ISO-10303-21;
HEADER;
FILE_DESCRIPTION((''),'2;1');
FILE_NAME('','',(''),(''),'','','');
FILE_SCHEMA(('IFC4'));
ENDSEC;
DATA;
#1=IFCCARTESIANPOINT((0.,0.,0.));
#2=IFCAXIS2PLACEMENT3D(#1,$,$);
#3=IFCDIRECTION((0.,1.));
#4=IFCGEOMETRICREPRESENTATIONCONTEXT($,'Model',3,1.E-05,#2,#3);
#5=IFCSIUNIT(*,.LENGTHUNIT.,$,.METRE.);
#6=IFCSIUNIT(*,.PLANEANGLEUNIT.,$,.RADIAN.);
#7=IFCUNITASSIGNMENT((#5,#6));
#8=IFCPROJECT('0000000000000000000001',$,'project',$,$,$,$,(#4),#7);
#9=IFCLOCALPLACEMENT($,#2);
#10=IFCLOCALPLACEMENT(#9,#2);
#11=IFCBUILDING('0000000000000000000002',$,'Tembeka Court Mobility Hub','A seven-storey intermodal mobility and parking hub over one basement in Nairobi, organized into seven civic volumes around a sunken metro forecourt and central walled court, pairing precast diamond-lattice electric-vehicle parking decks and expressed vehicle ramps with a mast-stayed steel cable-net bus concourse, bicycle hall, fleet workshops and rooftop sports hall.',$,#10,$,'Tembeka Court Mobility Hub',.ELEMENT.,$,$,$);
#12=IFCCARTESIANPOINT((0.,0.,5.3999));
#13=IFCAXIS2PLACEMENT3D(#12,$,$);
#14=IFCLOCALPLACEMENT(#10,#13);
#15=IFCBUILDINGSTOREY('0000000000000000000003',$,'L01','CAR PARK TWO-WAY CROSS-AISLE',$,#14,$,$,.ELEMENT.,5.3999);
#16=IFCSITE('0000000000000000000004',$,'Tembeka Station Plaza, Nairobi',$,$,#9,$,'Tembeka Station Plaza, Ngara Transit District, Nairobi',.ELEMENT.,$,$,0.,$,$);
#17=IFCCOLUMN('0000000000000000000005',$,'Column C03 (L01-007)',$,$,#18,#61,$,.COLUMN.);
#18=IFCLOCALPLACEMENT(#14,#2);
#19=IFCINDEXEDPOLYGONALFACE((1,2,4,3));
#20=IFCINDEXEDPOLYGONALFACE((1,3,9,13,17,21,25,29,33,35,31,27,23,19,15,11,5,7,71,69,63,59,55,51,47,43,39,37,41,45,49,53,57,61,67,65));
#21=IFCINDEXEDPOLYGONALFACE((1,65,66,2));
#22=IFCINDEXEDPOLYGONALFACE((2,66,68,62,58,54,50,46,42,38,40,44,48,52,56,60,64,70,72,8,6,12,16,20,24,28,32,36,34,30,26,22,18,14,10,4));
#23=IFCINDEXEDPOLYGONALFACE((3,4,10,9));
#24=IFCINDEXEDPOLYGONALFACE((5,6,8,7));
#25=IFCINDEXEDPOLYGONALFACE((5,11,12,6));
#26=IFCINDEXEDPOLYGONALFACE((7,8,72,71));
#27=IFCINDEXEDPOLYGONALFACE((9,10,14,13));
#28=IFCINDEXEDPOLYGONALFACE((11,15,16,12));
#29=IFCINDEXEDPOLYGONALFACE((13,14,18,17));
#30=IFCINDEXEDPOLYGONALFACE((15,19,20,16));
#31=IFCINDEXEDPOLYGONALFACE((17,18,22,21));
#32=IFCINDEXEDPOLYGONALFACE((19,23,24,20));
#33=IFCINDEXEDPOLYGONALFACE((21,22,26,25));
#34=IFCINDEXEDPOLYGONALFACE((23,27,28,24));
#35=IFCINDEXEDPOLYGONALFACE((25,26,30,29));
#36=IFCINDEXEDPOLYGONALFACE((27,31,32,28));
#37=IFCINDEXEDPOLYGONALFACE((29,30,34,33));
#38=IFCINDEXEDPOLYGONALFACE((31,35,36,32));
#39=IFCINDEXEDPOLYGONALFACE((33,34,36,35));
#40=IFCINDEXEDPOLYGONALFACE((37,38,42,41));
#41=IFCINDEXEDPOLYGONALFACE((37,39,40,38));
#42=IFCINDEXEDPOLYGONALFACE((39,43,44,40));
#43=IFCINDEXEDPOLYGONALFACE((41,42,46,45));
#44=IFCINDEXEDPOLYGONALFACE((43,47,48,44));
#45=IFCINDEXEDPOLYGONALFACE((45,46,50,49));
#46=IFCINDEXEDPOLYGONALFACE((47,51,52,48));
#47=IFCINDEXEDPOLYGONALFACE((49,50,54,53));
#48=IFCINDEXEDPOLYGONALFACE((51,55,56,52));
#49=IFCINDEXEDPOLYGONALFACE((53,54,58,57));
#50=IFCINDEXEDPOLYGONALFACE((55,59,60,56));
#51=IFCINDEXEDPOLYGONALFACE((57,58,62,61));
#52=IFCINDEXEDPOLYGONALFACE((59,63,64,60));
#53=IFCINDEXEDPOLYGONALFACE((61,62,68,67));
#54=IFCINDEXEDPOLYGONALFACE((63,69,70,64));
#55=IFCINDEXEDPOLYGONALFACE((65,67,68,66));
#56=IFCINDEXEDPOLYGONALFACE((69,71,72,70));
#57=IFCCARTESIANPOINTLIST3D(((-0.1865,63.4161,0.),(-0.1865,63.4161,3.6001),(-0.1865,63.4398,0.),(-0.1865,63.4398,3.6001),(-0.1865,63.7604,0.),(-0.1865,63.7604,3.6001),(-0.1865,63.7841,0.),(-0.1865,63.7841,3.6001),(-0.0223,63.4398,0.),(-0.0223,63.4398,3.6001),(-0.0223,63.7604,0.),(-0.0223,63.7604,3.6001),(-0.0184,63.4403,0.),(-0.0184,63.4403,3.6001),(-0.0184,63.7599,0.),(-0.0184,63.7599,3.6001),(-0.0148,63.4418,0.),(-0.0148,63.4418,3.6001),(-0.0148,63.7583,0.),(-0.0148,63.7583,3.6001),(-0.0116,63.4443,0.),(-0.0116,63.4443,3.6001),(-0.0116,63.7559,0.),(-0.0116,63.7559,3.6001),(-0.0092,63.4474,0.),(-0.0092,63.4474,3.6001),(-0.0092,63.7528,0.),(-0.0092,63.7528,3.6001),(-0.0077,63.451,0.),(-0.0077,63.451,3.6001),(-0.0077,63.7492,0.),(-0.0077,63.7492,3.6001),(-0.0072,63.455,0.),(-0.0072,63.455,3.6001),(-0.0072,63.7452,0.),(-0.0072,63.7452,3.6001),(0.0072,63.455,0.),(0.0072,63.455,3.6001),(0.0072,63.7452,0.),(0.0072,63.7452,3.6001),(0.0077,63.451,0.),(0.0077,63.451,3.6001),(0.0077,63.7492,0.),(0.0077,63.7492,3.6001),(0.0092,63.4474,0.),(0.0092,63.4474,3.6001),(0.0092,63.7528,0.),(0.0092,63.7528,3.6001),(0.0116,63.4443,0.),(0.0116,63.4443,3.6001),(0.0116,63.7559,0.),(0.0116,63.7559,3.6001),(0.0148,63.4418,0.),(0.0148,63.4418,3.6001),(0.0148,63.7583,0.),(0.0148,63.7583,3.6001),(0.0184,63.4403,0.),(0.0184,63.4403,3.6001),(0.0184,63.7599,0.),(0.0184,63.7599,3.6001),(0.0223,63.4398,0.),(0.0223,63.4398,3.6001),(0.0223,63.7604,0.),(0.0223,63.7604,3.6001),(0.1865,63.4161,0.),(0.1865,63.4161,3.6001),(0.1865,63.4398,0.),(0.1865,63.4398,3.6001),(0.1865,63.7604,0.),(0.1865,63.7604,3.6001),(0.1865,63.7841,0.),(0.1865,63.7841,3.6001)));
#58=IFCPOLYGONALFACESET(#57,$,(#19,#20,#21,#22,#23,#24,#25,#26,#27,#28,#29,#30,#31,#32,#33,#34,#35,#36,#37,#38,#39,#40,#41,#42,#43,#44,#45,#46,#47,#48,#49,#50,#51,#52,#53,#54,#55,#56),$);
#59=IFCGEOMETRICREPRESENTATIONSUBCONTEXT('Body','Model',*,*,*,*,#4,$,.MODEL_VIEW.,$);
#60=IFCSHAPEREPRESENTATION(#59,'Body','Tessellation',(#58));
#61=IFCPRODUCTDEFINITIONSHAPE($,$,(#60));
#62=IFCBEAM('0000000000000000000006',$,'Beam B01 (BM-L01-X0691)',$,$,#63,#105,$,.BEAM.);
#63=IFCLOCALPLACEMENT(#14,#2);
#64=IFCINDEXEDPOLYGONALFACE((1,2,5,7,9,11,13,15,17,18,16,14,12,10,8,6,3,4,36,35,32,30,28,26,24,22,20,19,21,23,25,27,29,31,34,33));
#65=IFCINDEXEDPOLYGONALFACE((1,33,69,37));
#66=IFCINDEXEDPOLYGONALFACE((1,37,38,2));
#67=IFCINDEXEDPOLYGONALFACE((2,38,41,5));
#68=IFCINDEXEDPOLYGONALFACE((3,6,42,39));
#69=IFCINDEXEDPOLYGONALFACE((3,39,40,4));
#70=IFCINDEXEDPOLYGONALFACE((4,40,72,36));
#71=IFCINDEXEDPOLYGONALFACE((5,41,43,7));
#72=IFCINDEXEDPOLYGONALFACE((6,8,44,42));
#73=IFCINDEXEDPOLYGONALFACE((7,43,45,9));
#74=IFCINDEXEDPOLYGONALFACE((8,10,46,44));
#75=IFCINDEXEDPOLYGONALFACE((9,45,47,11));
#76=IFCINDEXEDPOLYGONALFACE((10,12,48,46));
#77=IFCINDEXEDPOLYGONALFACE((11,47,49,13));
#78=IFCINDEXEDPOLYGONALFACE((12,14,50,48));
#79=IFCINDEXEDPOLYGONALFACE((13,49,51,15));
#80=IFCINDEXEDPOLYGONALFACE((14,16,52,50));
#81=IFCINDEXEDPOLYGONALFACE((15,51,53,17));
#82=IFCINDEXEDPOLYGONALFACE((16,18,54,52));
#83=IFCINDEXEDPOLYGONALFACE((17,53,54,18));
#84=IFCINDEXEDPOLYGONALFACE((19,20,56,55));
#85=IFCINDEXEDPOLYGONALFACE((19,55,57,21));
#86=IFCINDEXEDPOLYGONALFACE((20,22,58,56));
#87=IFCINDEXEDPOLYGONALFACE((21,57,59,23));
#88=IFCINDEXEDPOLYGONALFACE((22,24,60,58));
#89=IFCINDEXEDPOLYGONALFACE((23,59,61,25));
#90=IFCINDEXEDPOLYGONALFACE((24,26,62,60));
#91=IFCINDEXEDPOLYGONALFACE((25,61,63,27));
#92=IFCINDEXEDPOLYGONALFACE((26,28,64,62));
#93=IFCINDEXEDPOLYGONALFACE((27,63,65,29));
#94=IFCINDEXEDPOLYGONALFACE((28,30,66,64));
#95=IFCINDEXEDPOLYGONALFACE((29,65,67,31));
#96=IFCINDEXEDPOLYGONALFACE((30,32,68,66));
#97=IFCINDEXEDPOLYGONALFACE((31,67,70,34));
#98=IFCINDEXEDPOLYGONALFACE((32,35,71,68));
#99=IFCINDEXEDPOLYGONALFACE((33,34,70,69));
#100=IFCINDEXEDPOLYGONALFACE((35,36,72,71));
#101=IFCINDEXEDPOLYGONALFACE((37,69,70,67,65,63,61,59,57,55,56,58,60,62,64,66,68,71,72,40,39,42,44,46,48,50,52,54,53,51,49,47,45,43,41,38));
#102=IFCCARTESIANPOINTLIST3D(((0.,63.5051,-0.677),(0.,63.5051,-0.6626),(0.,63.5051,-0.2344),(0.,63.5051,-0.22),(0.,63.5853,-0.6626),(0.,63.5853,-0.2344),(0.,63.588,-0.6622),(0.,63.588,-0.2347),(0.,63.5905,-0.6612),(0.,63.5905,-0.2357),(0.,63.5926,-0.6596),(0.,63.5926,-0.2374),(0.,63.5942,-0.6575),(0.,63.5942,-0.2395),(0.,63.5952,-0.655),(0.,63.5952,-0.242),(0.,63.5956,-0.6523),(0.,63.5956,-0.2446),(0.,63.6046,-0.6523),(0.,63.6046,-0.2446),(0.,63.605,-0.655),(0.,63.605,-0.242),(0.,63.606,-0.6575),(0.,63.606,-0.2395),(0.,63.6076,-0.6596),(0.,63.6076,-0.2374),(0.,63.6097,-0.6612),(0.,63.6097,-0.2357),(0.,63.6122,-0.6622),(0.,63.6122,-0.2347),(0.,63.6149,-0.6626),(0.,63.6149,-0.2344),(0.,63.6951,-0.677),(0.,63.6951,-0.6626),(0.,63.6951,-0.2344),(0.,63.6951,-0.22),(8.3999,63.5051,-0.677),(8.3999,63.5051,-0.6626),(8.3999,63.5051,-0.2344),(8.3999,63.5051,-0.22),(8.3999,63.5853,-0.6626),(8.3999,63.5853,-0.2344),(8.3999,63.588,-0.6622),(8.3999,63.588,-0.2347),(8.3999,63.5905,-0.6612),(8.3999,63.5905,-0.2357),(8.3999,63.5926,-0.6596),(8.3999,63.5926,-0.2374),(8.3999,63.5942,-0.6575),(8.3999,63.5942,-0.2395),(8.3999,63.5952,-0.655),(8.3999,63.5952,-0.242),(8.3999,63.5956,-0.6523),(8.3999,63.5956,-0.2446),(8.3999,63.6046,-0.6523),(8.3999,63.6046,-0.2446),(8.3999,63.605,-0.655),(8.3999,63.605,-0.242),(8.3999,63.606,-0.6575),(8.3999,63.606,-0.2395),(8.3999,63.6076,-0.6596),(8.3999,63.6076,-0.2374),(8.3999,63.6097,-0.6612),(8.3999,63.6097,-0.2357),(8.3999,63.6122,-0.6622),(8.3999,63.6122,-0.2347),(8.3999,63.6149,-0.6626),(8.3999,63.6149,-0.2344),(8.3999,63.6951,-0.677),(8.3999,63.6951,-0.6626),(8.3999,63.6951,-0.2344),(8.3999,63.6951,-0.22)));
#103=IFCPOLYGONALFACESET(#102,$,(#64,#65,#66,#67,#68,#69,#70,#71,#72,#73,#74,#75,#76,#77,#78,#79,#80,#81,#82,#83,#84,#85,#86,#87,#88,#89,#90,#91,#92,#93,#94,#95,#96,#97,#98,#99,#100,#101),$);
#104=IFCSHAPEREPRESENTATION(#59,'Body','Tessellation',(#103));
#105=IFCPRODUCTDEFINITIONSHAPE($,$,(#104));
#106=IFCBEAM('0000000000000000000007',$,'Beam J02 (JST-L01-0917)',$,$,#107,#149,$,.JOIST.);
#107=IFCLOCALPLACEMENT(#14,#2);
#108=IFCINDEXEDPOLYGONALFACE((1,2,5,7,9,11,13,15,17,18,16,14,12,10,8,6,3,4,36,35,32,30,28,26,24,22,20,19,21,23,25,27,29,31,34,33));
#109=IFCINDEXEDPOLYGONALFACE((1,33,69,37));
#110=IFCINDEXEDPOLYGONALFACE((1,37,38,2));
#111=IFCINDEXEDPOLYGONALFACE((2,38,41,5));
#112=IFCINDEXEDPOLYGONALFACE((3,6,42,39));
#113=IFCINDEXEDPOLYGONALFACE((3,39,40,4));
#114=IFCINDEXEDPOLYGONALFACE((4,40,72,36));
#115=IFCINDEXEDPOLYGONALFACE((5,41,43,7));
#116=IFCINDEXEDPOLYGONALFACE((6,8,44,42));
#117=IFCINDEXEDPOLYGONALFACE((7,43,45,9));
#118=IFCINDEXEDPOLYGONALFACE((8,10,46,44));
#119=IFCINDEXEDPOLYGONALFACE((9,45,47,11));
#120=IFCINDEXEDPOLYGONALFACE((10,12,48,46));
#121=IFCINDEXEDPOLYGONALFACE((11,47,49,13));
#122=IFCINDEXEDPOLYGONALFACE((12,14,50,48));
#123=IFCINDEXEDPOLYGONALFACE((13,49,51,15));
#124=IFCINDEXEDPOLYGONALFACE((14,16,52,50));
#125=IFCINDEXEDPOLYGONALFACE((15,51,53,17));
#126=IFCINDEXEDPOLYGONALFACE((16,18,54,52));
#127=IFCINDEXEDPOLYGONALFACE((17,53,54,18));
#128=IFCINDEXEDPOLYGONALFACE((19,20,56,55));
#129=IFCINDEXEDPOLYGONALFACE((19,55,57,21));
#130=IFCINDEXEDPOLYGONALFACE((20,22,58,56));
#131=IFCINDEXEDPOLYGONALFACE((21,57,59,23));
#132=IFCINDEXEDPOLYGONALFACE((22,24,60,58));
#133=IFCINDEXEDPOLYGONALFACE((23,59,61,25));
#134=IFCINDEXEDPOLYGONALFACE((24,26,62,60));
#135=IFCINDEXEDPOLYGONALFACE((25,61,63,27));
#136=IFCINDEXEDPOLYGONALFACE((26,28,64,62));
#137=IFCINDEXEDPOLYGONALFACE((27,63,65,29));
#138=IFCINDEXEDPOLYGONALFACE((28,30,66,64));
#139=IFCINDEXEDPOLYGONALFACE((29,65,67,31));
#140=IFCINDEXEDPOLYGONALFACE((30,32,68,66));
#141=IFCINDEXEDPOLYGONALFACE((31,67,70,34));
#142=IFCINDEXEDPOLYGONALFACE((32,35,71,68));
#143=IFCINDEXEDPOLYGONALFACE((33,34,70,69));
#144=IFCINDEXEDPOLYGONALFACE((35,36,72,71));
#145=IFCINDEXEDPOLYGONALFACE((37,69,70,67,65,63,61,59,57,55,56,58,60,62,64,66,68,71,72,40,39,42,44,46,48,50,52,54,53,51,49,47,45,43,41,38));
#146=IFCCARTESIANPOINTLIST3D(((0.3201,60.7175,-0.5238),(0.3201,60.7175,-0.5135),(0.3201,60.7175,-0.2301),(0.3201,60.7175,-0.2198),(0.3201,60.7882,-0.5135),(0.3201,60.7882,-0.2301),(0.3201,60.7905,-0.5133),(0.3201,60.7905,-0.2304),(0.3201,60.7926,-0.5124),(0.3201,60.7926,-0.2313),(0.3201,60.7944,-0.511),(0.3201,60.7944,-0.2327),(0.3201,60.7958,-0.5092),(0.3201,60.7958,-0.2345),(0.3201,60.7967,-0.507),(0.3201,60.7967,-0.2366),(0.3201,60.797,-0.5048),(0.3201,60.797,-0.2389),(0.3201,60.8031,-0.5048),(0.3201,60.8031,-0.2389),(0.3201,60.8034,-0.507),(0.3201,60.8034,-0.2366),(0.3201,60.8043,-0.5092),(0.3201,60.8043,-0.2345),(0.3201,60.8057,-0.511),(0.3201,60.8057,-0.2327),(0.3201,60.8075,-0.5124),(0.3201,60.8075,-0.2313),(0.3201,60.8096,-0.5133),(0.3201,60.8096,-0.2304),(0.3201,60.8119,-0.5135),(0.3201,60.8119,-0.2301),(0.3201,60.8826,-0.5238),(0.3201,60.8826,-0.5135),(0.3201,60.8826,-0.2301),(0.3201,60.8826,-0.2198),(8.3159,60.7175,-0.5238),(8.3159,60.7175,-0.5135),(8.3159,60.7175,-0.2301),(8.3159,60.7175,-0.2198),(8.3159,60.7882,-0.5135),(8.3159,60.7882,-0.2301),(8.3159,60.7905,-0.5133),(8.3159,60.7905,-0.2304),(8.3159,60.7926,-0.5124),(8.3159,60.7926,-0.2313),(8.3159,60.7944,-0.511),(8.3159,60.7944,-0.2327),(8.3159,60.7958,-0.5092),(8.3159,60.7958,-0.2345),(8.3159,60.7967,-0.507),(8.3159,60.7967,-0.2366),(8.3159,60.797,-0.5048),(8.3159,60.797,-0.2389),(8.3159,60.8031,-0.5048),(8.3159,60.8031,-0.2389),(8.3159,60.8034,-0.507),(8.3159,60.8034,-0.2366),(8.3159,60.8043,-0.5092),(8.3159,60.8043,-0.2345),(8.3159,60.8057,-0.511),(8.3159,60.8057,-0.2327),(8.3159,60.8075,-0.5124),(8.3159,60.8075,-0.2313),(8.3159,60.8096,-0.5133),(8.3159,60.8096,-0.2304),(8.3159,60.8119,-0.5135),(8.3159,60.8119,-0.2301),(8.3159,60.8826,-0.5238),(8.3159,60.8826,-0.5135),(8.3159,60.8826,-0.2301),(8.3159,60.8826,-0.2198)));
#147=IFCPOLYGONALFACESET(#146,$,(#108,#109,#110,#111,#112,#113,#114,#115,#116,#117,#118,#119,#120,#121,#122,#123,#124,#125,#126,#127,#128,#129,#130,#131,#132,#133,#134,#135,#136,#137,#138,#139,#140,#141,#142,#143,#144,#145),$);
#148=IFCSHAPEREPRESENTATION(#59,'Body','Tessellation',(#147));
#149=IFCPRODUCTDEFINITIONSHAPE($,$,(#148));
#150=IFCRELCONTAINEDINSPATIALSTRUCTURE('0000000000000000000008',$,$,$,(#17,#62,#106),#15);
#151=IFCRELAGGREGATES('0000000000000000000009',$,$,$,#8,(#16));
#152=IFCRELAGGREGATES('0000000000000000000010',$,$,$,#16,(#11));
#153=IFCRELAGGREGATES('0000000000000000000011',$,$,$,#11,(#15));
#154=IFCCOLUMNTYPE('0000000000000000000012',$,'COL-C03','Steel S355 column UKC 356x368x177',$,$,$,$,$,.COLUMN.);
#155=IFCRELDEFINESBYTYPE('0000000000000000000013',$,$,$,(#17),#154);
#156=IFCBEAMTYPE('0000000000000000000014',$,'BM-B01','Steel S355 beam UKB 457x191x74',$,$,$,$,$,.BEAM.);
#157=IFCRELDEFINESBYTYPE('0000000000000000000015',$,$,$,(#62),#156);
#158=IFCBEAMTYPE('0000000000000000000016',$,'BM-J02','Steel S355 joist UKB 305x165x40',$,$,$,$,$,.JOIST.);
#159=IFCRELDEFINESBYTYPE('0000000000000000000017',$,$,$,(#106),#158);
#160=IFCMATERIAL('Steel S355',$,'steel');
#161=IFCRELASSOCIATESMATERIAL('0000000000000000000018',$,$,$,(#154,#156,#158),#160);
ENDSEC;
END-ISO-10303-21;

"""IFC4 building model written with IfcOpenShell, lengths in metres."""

from ifc_helpers import new_model, si_unit, direction, frame, origin, origin_2d, place, context, subcontext, project, spatial, i_section, extrude, material, material_profile, profile_set, type_object, element, save


model = new_model("IFC4")

# Units and contexts
model_context = context("Model", 3, precision=1e-05, world=origin(), true_north=direction((0.0, 1.0)))
body_context = subcontext(model_context, "Body", "Model", "MODEL_VIEW")
ifc_project = project(units=[si_unit("LENGTHUNIT", "METRE"), si_unit("PLANEANGLEUNIT", "RADIAN")], contexts=[model_context])

# Site, building, storey
site_placement = place(None, origin())
site = spatial("IfcSite", under=ifc_project, at=site_placement, Name="Tembeka Station Plaza, Nairobi", LongName="Tembeka Station Plaza, Ngara Transit District, Nairobi", CompositionType="ELEMENT", RefElevation=0.0)
building_placement = place(site_placement, origin())
building = spatial("IfcBuilding", under=site, at=building_placement, Name="Tembeka Court Mobility Hub", Description="A seven-storey intermodal mobility and parking hub over one basement in Nairobi, organized into seven civic volumes around a sunken metro forecourt and central walled court, pairing precast diamond-lattice electric-vehicle parking decks and expressed vehicle ramps with a mast-stayed steel cable-net bus concourse, bicycle hall, fleet workshops and rooftop sports hall.", LongName="Tembeka Court Mobility Hub", CompositionType="ELEMENT")
storey_placement = place(building_placement, frame((0.0, 0.0, 5.3999)))
storey = spatial("IfcBuildingStorey", under=building, at=storey_placement, Name="L01", Description="CAR PARK TWO-WAY CROSS-AISLE", CompositionType="ELEMENT", Elevation=5.3999)

# Column
ifc_material_1 = material(Name="Steel S355", Category="steel")
ifc_material_profile_1 = material_profile(ifc_material_1, i_section(OverallWidth=0.373, OverallDepth=0.3679, WebThickness=0.0144, FlangeThickness=0.0237, FilletRadius=0.0151, at=origin_2d()), Name="UKC 356x368x177")
ifc_profile_set_1 = profile_set([ifc_material_profile_1], Name="Steel S355")
column_type = type_object("IfcColumnType", Name="COL-C03", Description="Steel S355 column UKC 356x368x177", PredefinedType="COLUMN", material=ifc_profile_set_1)
column_placement = place(storey_placement, frame((0.0, 63.6001, 0.0), z_axis=(0.0, 0.0, 1.0), x_axis=(1.0, 0.0, 0.0)))
element("IfcColumn", 1, at=column_placement, inside=storey, type_object=column_type, Name="Column C03 (L01-007)", PredefinedType="COLUMN", context=body_context, shape_type="SweptSolid", body=[
    extrude(i_section(OverallWidth=0.373, OverallDepth=0.3679, WebThickness=0.0144, FlangeThickness=0.0237, FilletRadius=0.0151, at=origin_2d()), origin(), (0.0, 0.0, 1.0), 3.6001),
])

# Beams
ifc_material_profile_2 = material_profile(ifc_material_1, i_section(OverallWidth=0.1899, OverallDepth=0.457, WebThickness=0.009, FlangeThickness=0.0144, FilletRadius=0.0103, at=origin_2d()), Name="UKB 457x191x74")
ifc_profile_set_2 = profile_set([ifc_material_profile_2], Name="Steel S355")
beam_type_1 = type_object("IfcBeamType", Name="BM-B01", Description="Steel S355 beam UKB 457x191x74", PredefinedType="BEAM", material=ifc_profile_set_2)
beam_1_placement = place(storey_placement, frame((0.0, 63.6001, -0.4485), z_axis=(1.0, 0.0, 0.0), x_axis=(0.0, 1.0, 0.0)))
element("IfcBeam", 2, at=beam_1_placement, inside=storey, type_object=beam_type_1, Name="Beam B01 (BM-L01-X0691)", PredefinedType="BEAM", context=body_context, shape_type="SweptSolid", body=[
    extrude(i_section(OverallWidth=0.1899, OverallDepth=0.457, WebThickness=0.009, FlangeThickness=0.0144, FilletRadius=0.0103, at=origin_2d()), origin(), (0.0, 0.0, 1.0), 8.3999),
])
ifc_material_profile_3 = material_profile(ifc_material_1, i_section(OverallWidth=0.165, OverallDepth=0.304, WebThickness=0.0061, FlangeThickness=0.0103, FilletRadius=0.0088, at=origin_2d()), Name="UKB 305x165x40")
ifc_profile_set_3 = profile_set([ifc_material_profile_3], Name="Steel S355")
beam_type_2 = type_object("IfcBeamType", Name="BM-J02", Description="Steel S355 joist UKB 305x165x40", PredefinedType="JOIST", material=ifc_profile_set_3)
beam_2_placement = place(storey_placement, frame((0.3201, 60.8, -0.3718), z_axis=(1.0, 0.0, 0.0), x_axis=(0.0, 1.0, 0.0)))
element("IfcBeam", 3, at=beam_2_placement, inside=storey, type_object=beam_type_2, Name="Beam J02 (JST-L01-0917)", PredefinedType="JOIST", context=body_context, shape_type="SweptSolid", body=[
    extrude(i_section(OverallWidth=0.165, OverallDepth=0.304, WebThickness=0.0061, FlangeThickness=0.0103, FilletRadius=0.0088, at=origin_2d()), origin(), (0.0, 0.0, 1.0), 7.9958),
])

save(model, "model.ifc")
